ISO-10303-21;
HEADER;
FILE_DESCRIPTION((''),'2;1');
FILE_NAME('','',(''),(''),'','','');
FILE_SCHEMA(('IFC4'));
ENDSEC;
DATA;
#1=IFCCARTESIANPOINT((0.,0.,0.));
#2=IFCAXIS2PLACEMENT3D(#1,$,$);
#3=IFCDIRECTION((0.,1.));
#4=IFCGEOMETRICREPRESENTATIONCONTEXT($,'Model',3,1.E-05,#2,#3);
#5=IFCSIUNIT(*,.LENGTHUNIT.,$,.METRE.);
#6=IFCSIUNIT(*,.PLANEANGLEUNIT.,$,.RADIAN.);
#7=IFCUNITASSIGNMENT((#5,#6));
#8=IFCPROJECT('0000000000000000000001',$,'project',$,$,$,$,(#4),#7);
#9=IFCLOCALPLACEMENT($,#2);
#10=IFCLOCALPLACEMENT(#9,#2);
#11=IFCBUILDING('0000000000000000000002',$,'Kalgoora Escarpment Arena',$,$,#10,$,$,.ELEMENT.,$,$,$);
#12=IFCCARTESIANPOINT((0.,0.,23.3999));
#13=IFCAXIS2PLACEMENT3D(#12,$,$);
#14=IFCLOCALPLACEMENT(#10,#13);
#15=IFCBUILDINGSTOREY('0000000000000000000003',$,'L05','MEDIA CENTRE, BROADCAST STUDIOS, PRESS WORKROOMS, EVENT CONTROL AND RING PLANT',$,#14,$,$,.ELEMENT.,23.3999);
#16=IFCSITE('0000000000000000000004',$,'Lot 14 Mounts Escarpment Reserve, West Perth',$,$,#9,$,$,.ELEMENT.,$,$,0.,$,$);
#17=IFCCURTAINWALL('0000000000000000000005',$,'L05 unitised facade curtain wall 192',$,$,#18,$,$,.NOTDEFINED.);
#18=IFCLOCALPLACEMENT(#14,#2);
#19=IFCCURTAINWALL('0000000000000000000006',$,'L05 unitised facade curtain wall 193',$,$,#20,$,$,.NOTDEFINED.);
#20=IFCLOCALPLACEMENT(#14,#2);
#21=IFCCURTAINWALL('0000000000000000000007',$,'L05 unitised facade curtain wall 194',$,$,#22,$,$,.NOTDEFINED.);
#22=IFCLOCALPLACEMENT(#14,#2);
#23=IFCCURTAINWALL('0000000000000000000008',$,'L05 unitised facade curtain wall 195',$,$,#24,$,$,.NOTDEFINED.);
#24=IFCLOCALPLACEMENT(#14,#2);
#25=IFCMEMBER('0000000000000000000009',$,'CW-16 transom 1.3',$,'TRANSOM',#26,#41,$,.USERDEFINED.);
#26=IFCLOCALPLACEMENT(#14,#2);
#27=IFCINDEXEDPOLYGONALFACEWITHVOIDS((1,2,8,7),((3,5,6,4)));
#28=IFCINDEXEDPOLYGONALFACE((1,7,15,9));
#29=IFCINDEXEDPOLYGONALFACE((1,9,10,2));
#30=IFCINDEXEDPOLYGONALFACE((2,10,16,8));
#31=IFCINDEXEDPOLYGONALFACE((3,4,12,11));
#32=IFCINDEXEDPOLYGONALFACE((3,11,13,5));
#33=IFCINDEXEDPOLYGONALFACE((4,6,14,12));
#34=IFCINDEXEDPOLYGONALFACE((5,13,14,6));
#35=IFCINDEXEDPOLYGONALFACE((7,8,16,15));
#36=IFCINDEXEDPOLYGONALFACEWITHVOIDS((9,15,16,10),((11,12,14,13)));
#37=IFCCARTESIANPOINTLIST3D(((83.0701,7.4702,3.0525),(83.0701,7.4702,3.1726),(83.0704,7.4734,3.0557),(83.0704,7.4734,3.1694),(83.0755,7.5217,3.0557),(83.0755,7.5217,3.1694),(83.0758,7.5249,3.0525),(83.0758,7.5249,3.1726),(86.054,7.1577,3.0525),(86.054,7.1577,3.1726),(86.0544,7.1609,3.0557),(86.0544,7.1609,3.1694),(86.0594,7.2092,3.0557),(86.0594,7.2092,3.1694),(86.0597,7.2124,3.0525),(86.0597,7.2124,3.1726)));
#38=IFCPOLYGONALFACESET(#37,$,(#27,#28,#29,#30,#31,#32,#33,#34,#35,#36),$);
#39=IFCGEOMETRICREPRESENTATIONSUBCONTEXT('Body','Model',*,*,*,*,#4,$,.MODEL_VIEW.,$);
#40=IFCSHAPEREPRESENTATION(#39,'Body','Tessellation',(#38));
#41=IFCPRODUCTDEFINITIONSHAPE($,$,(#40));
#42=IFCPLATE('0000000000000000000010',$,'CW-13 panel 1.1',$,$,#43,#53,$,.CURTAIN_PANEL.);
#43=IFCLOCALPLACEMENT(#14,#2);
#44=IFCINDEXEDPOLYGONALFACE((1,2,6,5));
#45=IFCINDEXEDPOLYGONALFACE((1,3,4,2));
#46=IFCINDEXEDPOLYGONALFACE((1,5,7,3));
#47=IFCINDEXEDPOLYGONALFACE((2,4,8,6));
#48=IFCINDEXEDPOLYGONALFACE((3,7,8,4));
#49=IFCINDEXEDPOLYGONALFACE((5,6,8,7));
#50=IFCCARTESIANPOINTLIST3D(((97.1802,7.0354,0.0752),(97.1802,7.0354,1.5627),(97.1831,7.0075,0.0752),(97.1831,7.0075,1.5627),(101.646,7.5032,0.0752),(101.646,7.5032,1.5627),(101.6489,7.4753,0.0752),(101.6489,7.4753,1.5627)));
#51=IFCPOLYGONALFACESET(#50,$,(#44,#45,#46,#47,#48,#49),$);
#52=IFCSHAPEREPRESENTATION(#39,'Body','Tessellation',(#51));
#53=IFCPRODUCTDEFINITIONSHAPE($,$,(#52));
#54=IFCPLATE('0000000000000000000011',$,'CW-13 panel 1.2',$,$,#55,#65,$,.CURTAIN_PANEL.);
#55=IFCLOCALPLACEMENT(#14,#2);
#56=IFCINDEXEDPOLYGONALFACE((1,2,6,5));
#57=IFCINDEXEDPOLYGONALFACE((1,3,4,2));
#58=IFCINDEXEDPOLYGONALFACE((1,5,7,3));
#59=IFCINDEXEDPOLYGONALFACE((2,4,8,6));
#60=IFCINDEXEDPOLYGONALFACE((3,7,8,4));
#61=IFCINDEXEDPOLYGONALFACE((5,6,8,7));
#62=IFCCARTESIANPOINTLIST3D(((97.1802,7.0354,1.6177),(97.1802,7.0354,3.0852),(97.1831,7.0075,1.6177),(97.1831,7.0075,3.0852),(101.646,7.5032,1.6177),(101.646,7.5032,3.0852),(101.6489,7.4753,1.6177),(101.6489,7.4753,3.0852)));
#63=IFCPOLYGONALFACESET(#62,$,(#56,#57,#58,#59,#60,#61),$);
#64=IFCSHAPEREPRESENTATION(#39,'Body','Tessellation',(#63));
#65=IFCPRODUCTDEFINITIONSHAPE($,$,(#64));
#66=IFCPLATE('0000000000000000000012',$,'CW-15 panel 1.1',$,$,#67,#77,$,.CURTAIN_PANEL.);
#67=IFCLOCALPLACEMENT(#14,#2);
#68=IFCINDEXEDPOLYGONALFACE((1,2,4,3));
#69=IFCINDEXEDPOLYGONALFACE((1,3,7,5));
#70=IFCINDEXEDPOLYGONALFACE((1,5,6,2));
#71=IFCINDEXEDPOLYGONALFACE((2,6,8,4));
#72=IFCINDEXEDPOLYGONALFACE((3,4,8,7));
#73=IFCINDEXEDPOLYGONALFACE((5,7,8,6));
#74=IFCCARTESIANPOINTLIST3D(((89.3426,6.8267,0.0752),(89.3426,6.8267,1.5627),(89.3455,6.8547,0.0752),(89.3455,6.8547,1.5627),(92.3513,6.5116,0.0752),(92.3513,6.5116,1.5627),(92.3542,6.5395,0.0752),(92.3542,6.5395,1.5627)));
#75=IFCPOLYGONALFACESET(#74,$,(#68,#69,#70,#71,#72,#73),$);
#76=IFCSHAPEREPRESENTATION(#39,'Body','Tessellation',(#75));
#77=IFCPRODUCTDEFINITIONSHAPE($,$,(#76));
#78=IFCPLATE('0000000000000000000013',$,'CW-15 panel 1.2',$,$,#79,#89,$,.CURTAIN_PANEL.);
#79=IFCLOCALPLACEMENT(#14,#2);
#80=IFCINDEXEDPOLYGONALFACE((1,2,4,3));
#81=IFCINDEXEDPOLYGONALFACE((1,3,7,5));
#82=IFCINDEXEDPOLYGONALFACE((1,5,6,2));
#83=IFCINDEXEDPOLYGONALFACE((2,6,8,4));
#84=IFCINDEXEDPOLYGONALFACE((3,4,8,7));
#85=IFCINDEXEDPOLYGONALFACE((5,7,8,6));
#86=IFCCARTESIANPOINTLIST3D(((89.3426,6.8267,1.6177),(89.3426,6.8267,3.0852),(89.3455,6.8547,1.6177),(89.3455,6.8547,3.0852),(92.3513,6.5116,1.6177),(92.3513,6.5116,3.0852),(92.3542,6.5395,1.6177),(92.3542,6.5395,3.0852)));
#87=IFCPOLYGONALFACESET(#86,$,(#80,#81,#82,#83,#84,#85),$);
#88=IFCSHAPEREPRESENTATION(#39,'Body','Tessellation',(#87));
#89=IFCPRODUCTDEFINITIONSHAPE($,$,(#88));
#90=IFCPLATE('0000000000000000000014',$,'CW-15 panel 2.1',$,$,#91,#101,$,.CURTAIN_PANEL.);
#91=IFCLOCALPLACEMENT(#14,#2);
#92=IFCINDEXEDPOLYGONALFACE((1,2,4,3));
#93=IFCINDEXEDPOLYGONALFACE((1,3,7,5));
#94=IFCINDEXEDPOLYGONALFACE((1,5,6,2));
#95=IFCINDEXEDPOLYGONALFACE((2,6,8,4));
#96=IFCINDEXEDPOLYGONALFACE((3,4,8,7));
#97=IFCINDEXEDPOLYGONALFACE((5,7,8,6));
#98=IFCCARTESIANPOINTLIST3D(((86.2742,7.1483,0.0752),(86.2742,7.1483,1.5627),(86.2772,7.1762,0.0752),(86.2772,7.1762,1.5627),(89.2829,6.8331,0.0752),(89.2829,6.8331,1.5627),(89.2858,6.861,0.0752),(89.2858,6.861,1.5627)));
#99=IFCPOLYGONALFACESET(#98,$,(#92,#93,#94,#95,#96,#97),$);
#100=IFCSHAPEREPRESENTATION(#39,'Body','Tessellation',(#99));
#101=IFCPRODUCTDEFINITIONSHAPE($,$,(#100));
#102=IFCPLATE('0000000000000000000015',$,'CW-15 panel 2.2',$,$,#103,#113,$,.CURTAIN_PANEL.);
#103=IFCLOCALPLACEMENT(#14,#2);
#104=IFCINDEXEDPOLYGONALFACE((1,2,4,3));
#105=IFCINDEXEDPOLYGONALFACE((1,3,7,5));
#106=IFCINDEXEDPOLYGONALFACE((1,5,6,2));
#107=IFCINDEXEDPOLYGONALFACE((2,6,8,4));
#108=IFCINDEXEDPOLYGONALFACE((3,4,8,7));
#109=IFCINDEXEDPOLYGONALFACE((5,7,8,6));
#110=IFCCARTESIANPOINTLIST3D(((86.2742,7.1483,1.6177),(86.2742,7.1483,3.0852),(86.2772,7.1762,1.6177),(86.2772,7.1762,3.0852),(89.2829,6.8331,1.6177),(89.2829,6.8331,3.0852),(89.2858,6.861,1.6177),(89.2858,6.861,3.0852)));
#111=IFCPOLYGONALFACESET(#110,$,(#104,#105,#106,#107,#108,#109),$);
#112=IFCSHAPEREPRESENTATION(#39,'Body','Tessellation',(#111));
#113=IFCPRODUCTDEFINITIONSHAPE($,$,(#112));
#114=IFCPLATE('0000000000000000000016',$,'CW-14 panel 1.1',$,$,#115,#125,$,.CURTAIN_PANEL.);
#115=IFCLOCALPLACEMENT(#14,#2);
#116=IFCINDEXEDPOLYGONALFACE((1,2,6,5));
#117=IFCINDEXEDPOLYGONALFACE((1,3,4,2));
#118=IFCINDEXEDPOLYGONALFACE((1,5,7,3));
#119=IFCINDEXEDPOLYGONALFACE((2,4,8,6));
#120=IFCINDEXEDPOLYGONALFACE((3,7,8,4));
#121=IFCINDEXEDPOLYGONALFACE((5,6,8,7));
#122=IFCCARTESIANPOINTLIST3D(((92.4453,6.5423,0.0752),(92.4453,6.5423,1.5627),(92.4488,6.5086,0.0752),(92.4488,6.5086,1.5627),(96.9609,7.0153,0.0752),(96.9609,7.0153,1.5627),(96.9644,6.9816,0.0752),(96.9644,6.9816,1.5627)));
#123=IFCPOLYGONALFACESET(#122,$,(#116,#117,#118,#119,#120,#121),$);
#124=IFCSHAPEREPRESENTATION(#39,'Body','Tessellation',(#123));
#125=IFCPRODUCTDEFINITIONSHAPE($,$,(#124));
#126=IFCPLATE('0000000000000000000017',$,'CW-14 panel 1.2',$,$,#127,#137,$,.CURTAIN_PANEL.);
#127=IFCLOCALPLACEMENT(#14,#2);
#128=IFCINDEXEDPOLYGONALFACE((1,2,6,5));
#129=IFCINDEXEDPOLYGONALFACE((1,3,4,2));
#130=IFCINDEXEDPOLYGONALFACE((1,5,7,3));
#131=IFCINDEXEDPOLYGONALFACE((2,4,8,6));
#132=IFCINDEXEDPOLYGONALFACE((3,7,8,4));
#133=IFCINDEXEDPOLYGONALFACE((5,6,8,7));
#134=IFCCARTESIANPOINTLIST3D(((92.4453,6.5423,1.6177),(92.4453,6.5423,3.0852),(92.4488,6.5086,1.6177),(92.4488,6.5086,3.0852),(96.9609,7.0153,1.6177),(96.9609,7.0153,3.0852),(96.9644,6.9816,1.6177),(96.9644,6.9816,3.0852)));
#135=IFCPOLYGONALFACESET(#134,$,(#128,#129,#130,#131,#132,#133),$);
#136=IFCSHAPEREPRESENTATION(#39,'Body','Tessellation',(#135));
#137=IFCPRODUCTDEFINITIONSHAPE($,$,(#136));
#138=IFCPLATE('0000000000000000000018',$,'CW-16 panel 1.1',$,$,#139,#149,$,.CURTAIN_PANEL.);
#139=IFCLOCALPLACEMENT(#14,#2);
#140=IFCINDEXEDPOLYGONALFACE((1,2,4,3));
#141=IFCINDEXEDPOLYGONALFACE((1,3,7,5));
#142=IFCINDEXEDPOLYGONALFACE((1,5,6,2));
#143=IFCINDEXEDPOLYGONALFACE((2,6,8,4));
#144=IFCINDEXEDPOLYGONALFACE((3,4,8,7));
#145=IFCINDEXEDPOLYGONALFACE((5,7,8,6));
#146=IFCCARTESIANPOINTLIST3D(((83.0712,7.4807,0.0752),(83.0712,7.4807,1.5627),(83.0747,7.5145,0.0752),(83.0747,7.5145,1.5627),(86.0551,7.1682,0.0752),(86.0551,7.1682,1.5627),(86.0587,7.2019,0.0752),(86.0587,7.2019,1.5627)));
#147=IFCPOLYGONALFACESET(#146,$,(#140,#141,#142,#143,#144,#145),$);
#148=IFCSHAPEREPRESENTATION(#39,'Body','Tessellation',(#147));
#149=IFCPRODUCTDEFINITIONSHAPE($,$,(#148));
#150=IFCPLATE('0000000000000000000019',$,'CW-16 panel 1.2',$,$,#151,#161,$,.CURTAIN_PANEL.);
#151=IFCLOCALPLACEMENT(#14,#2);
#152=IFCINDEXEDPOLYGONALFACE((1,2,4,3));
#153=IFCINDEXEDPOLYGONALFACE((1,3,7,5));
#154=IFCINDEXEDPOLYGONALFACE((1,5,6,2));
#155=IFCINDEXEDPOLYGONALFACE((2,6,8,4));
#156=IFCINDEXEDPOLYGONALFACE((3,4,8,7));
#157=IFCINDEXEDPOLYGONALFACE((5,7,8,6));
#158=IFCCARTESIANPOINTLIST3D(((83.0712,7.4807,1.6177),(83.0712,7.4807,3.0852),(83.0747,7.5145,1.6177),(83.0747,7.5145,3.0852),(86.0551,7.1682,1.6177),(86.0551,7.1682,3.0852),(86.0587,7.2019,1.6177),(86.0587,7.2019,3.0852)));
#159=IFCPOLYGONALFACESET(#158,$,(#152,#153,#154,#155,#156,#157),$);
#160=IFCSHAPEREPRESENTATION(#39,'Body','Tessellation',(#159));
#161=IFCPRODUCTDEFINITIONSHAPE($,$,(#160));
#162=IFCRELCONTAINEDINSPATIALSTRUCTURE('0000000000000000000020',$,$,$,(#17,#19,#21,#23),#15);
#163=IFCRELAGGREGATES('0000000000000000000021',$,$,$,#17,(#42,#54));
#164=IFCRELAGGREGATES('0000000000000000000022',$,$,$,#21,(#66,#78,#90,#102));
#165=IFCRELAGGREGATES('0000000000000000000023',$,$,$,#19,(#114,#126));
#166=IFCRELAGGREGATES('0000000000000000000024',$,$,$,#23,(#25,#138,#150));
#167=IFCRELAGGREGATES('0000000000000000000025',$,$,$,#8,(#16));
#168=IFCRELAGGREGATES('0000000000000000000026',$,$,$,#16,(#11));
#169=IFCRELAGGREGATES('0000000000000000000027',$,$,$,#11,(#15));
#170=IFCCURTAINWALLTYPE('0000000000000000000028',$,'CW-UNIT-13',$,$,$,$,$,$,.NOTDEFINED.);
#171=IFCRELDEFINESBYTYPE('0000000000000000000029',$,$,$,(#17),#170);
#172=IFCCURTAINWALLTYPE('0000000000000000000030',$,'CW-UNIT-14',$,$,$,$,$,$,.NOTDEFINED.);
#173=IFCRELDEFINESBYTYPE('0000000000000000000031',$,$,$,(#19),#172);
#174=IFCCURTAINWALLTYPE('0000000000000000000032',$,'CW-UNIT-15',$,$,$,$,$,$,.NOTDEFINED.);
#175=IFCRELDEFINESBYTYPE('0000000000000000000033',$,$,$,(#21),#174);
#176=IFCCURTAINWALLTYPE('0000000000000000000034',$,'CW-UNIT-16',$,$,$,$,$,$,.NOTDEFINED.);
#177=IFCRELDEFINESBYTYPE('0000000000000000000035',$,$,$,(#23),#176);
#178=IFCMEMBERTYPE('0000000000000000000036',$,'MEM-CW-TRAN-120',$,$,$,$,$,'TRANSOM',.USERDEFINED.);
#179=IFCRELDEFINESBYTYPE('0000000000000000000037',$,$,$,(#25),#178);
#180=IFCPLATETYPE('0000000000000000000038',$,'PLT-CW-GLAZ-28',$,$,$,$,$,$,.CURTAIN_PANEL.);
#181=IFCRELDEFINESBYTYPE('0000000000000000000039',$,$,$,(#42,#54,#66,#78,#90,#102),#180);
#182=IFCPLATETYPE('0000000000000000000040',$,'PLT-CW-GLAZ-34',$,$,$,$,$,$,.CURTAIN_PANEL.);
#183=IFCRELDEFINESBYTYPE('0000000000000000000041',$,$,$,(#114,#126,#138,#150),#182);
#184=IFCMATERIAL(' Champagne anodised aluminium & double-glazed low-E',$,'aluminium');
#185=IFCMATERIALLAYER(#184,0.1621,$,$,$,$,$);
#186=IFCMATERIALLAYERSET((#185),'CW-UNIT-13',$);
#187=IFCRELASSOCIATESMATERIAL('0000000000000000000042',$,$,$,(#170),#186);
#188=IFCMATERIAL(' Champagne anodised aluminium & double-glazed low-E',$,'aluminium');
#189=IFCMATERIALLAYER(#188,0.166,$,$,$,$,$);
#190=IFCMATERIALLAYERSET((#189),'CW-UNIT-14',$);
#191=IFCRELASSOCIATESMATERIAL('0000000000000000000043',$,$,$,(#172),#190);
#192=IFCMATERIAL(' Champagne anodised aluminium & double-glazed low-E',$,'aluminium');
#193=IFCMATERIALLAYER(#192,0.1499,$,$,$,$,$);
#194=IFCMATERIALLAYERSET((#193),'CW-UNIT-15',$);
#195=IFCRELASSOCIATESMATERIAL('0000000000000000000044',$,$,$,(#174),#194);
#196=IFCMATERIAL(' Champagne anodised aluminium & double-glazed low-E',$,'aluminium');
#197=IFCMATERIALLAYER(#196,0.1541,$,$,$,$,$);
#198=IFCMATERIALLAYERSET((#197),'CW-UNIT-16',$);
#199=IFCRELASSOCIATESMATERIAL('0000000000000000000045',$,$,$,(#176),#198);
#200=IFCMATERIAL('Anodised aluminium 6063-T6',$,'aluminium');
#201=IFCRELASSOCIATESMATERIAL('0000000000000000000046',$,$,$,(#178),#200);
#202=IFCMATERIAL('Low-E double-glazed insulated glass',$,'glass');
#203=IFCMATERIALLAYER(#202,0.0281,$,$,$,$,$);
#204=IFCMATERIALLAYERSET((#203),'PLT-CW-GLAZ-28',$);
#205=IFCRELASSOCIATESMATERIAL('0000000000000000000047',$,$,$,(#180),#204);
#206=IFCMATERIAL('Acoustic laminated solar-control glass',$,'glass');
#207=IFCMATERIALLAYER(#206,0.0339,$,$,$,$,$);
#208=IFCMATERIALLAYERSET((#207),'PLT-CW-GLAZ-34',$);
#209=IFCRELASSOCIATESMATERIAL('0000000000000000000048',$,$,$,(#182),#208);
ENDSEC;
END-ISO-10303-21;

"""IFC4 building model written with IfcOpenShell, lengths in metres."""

from ifc_helpers import new_model, si_unit, direction, frame, origin, origin_2d, place, context, subcontext, project, spatial, rectangle, hollow_rectangle, extrude, material, layer, layer_set, material_profile, profile_set, type_object, element, aggregate, save


model = new_model("IFC4")

# Units and contexts
model_context = context("Model", 3, precision=1e-05, world=origin(), true_north=direction((0.0, 1.0)))
body_context = subcontext(model_context, "Body", "Model", "MODEL_VIEW")
ifc_project = project(units=[si_unit("LENGTHUNIT", "METRE"), si_unit("PLANEANGLEUNIT", "RADIAN")], contexts=[model_context])

# Site, building, storey
site_placement = place(None, origin())
site = spatial("IfcSite", under=ifc_project, at=site_placement, Name="Lot 14 Mounts Escarpment Reserve, West Perth", CompositionType="ELEMENT", RefElevation=0.0)
building_placement = place(site_placement, origin())
building = spatial("IfcBuilding", under=site, at=building_placement, Name="Kalgoora Escarpment Arena", CompositionType="ELEMENT")
storey_placement = place(building_placement, frame((0.0, 0.0, 23.3999)))
storey = spatial("IfcBuildingStorey", under=building, at=storey_placement, Name="L05", Description="MEDIA CENTRE, BROADCAST STUDIOS, PRESS WORKROOMS, EVENT CONTROL AND RING PLANT", CompositionType="ELEMENT", Elevation=23.3999)

# Curtain wall
ifc_material_1 = material(Name=" Champagne anodised aluminium & double-glazed low-E", Category="aluminium")
ifc_layer_1 = layer(ifc_material_1, 0.1621)
ifc_layer_set_1 = layer_set([ifc_layer_1], Name="CW-UNIT-13")
curtain_wall_type_1 = type_object("IfcCurtainWallType", Name="CW-UNIT-13", PredefinedType="NOTDEFINED", material=ifc_layer_set_1)
curtain_wall_1_placement = place(storey_placement, origin())
curtain_wall_1 = element("IfcCurtainWall", 1, at=curtain_wall_1_placement, inside=storey, type_object=curtain_wall_type_1, Name="L05 unitised facade curtain wall 192", PredefinedType="NOTDEFINED")

# Curtain walls
ifc_material_2 = material(Name=" Champagne anodised aluminium & double-glazed low-E", Category="aluminium")
ifc_layer_2 = layer(ifc_material_2, 0.166)
ifc_layer_set_2 = layer_set([ifc_layer_2], Name="CW-UNIT-14")
curtain_wall_type_2 = type_object("IfcCurtainWallType", Name="CW-UNIT-14", PredefinedType="NOTDEFINED", material=ifc_layer_set_2)
curtain_wall_2_placement = place(storey_placement, origin())
curtain_wall_2 = element("IfcCurtainWall", 2, at=curtain_wall_2_placement, inside=storey, type_object=curtain_wall_type_2, Name="L05 unitised facade curtain wall 193", PredefinedType="NOTDEFINED")
ifc_material_3 = material(Name=" Champagne anodised aluminium & double-glazed low-E", Category="aluminium")
ifc_layer_3 = layer(ifc_material_3, 0.1499)
ifc_layer_set_3 = layer_set([ifc_layer_3], Name="CW-UNIT-15")
curtain_wall_type_3 = type_object("IfcCurtainWallType", Name="CW-UNIT-15", PredefinedType="NOTDEFINED", material=ifc_layer_set_3)
curtain_wall_3_placement = place(storey_placement, origin())
curtain_wall_3 = element("IfcCurtainWall", 3, at=curtain_wall_3_placement, inside=storey, type_object=curtain_wall_type_3, Name="L05 unitised facade curtain wall 194", PredefinedType="NOTDEFINED")

# Curtain wall
ifc_material_4 = material(Name=" Champagne anodised aluminium & double-glazed low-E", Category="aluminium")
ifc_layer_4 = layer(ifc_material_4, 0.1541)
ifc_layer_set_4 = layer_set([ifc_layer_4], Name="CW-UNIT-16")
curtain_wall_type_4 = type_object("IfcCurtainWallType", Name="CW-UNIT-16", PredefinedType="NOTDEFINED", material=ifc_layer_set_4)
curtain_wall_4_placement = place(storey_placement, origin())
curtain_wall_4 = element("IfcCurtainWall", 4, at=curtain_wall_4_placement, inside=storey, type_object=curtain_wall_type_4, Name="L05 unitised facade curtain wall 195", PredefinedType="NOTDEFINED")

# Member
ifc_material_5 = material(Name="Anodised aluminium 6063-T6", Category="aluminium")
ifc_material_profile_1 = material_profile(ifc_material_5, hollow_rectangle(XDim=0.0549, YDim=0.1201, WallThickness=0.0032, at=origin_2d()))
ifc_profile_set_1 = profile_set([ifc_material_profile_1], Name="Anodised aluminium 6063-T6")
member_type_1 = type_object("IfcMemberType", Name="MEM-CW-TRAN-120", ElementType="TRANSOM", PredefinedType="USERDEFINED", material=ifc_profile_set_1)
member_1_placement = place(storey_placement, frame((86.0569, 7.1851, 3.1125), z_axis=(-0.994561, 0.10416, 0.0), x_axis=(-0.10416, -0.994561, 0.0)))
member_1 = element("IfcMember", 5, at=member_1_placement, type_object=member_type_1, Name="CW-16 transom 1.3", ObjectType="TRANSOM", PredefinedType="USERDEFINED", context=body_context, shape_type="SweptSolid", body=[
    extrude(hollow_rectangle(XDim=0.0549, YDim=0.1201, WallThickness=0.0032, at=origin_2d()), origin(), (0.0, 0.0, 1.0), 3.0002),
])

# Plates
ifc_material_6 = material(Name="Low-E double-glazed insulated glass", Category="glass")
ifc_layer_5 = layer(ifc_material_6, 0.0281)
ifc_layer_set_5 = layer_set([ifc_layer_5], Name="PLT-CW-GLAZ-28")
plate_type_1 = type_object("IfcPlateType", Name="PLT-CW-GLAZ-28", PredefinedType="CURTAIN_PANEL", material=ifc_layer_set_5)
plate_1_placement = place(storey_placement, frame((99.4146, 7.2554, 0.0752), z_axis=(0.0, 0.0, 1.0), x_axis=(-0.994558, -0.104182, 0.0)))
plate_1 = element("IfcPlate", 6, at=plate_1_placement, type_object=plate_type_1, Name="CW-13 panel 1.1", PredefinedType="CURTAIN_PANEL", context=body_context, shape_type="SweptSolid", body=[
    extrude(rectangle(XDim=4.4902, YDim=0.0281, at=origin_2d()), origin(), (0.0, 0.0, 1.0), 1.4875),
])
plate_2_placement = place(storey_placement, frame((99.4146, 7.2554, 1.6177), z_axis=(0.0, 0.0, 1.0), x_axis=(-0.994558, -0.104182, 0.0)))
plate_2 = element("IfcPlate", 7, at=plate_2_placement, type_object=plate_type_1, Name="CW-13 panel 1.2", PredefinedType="CURTAIN_PANEL", context=body_context, shape_type="SweptSolid", body=[
    extrude(rectangle(XDim=4.4902, YDim=0.0281, at=origin_2d()), origin(), (0.0, 0.0, 1.0), 1.4675),
])
aggregate(curtain_wall_1, [plate_1, plate_2])
plate_3_placement = place(storey_placement, frame((90.8484, 6.6831, 0.0752), z_axis=(0.0, 0.0, 1.0), x_axis=(-0.994558, 0.104184, 0.0)))
plate_3 = element("IfcPlate", 8, at=plate_3_placement, type_object=plate_type_1, Name="CW-15 panel 1.1", PredefinedType="CURTAIN_PANEL", context=body_context, shape_type="SweptSolid", body=[
    extrude(rectangle(XDim=3.0251, YDim=0.0281, at=origin_2d()), origin(), (0.0, 0.0, 1.0), 1.4875),
])
plate_4_placement = place(storey_placement, frame((90.8484, 6.6831, 1.6177), z_axis=(0.0, 0.0, 1.0), x_axis=(-0.994558, 0.104184, 0.0)))
plate_4 = element("IfcPlate", 9, at=plate_4_placement, type_object=plate_type_1, Name="CW-15 panel 1.2", PredefinedType="CURTAIN_PANEL", context=body_context, shape_type="SweptSolid", body=[
    extrude(rectangle(XDim=3.0251, YDim=0.0281, at=origin_2d()), origin(), (0.0, 0.0, 1.0), 1.4675),
])
plate_5_placement = place(storey_placement, frame((87.78, 7.0046, 0.0752), z_axis=(0.0, 0.0, 1.0), x_axis=(-0.994558, 0.104184, 0.0)))
plate_5 = element("IfcPlate", 10, at=plate_5_placement, type_object=plate_type_1, Name="CW-15 panel 2.1", PredefinedType="CURTAIN_PANEL", context=body_context, shape_type="SweptSolid", body=[
    extrude(rectangle(XDim=3.0251, YDim=0.0281, at=origin_2d()), origin(), (0.0, 0.0, 1.0), 1.4875),
])
plate_6_placement = place(storey_placement, frame((87.78, 7.0046, 1.6177), z_axis=(0.0, 0.0, 1.0), x_axis=(-0.994558, 0.104184, 0.0)))
plate_6 = element("IfcPlate", 11, at=plate_6_placement, type_object=plate_type_1, Name="CW-15 panel 2.2", PredefinedType="CURTAIN_PANEL", context=body_context, shape_type="SweptSolid", body=[
    extrude(rectangle(XDim=3.0251, YDim=0.0281, at=origin_2d()), origin(), (0.0, 0.0, 1.0), 1.4675),
])
aggregate(curtain_wall_3, [plate_3, plate_4, plate_5, plate_6])
ifc_material_7 = material(Name="Acoustic laminated solar-control glass", Category="glass")
ifc_layer_6 = layer(ifc_material_7, 0.0339)
ifc_layer_set_6 = layer_set([ifc_layer_6], Name="PLT-CW-GLAZ-34")
plate_type_2 = type_object("IfcPlateType", Name="PLT-CW-GLAZ-34", PredefinedType="CURTAIN_PANEL", material=ifc_layer_set_6)
plate_7_placement = place(storey_placement, frame((94.7048, 6.762, 0.0752), z_axis=(0.0, 0.0, 1.0), x_axis=(-0.994559, -0.104179, 0.0)))
plate_7 = element("IfcPlate", 12, at=plate_7_placement, type_object=plate_type_2, Name="CW-14 panel 1.1", PredefinedType="CURTAIN_PANEL", context=body_context, shape_type="SweptSolid", body=[
    extrude(rectangle(XDim=4.5403, YDim=0.0339, at=origin_2d()), origin(), (0.0, 0.0, 1.0), 1.4875),
])
plate_8_placement = place(storey_placement, frame((94.7048, 6.762, 1.6177), z_axis=(0.0, 0.0, 1.0), x_axis=(-0.994559, -0.104179, 0.0)))
plate_8 = element("IfcPlate", 13, at=plate_8_placement, type_object=plate_type_2, Name="CW-14 panel 1.2", PredefinedType="CURTAIN_PANEL", context=body_context, shape_type="SweptSolid", body=[
    extrude(rectangle(XDim=4.5403, YDim=0.0339, at=origin_2d()), origin(), (0.0, 0.0, 1.0), 1.4675),
])
aggregate(curtain_wall_2, [plate_7, plate_8])
plate_9_placement = place(storey_placement, frame((84.5649, 7.3413, 0.0752), z_axis=(0.0, 0.0, 1.0), x_axis=(-0.99456, 0.104169, 0.0)))
plate_9 = element("IfcPlate", 14, at=plate_9_placement, type_object=plate_type_2, Name="CW-16 panel 1.1", PredefinedType="CURTAIN_PANEL", context=body_context, shape_type="SweptSolid", body=[
    extrude(rectangle(XDim=3.0002, YDim=0.0339, at=origin_2d()), origin(), (0.0, 0.0, 1.0), 1.4875),
])
plate_10_placement = place(storey_placement, frame((84.5649, 7.3413, 1.6177), z_axis=(0.0, 0.0, 1.0), x_axis=(-0.99456, 0.104169, 0.0)))
plate_10 = element("IfcPlate", 15, at=plate_10_placement, type_object=plate_type_2, Name="CW-16 panel 1.2", PredefinedType="CURTAIN_PANEL", context=body_context, shape_type="SweptSolid", body=[
    extrude(rectangle(XDim=3.0002, YDim=0.0339, at=origin_2d()), origin(), (0.0, 0.0, 1.0), 1.4675),
])
aggregate(curtain_wall_4, [member_1, plate_9, plate_10])

save(model, "model.ifc")
